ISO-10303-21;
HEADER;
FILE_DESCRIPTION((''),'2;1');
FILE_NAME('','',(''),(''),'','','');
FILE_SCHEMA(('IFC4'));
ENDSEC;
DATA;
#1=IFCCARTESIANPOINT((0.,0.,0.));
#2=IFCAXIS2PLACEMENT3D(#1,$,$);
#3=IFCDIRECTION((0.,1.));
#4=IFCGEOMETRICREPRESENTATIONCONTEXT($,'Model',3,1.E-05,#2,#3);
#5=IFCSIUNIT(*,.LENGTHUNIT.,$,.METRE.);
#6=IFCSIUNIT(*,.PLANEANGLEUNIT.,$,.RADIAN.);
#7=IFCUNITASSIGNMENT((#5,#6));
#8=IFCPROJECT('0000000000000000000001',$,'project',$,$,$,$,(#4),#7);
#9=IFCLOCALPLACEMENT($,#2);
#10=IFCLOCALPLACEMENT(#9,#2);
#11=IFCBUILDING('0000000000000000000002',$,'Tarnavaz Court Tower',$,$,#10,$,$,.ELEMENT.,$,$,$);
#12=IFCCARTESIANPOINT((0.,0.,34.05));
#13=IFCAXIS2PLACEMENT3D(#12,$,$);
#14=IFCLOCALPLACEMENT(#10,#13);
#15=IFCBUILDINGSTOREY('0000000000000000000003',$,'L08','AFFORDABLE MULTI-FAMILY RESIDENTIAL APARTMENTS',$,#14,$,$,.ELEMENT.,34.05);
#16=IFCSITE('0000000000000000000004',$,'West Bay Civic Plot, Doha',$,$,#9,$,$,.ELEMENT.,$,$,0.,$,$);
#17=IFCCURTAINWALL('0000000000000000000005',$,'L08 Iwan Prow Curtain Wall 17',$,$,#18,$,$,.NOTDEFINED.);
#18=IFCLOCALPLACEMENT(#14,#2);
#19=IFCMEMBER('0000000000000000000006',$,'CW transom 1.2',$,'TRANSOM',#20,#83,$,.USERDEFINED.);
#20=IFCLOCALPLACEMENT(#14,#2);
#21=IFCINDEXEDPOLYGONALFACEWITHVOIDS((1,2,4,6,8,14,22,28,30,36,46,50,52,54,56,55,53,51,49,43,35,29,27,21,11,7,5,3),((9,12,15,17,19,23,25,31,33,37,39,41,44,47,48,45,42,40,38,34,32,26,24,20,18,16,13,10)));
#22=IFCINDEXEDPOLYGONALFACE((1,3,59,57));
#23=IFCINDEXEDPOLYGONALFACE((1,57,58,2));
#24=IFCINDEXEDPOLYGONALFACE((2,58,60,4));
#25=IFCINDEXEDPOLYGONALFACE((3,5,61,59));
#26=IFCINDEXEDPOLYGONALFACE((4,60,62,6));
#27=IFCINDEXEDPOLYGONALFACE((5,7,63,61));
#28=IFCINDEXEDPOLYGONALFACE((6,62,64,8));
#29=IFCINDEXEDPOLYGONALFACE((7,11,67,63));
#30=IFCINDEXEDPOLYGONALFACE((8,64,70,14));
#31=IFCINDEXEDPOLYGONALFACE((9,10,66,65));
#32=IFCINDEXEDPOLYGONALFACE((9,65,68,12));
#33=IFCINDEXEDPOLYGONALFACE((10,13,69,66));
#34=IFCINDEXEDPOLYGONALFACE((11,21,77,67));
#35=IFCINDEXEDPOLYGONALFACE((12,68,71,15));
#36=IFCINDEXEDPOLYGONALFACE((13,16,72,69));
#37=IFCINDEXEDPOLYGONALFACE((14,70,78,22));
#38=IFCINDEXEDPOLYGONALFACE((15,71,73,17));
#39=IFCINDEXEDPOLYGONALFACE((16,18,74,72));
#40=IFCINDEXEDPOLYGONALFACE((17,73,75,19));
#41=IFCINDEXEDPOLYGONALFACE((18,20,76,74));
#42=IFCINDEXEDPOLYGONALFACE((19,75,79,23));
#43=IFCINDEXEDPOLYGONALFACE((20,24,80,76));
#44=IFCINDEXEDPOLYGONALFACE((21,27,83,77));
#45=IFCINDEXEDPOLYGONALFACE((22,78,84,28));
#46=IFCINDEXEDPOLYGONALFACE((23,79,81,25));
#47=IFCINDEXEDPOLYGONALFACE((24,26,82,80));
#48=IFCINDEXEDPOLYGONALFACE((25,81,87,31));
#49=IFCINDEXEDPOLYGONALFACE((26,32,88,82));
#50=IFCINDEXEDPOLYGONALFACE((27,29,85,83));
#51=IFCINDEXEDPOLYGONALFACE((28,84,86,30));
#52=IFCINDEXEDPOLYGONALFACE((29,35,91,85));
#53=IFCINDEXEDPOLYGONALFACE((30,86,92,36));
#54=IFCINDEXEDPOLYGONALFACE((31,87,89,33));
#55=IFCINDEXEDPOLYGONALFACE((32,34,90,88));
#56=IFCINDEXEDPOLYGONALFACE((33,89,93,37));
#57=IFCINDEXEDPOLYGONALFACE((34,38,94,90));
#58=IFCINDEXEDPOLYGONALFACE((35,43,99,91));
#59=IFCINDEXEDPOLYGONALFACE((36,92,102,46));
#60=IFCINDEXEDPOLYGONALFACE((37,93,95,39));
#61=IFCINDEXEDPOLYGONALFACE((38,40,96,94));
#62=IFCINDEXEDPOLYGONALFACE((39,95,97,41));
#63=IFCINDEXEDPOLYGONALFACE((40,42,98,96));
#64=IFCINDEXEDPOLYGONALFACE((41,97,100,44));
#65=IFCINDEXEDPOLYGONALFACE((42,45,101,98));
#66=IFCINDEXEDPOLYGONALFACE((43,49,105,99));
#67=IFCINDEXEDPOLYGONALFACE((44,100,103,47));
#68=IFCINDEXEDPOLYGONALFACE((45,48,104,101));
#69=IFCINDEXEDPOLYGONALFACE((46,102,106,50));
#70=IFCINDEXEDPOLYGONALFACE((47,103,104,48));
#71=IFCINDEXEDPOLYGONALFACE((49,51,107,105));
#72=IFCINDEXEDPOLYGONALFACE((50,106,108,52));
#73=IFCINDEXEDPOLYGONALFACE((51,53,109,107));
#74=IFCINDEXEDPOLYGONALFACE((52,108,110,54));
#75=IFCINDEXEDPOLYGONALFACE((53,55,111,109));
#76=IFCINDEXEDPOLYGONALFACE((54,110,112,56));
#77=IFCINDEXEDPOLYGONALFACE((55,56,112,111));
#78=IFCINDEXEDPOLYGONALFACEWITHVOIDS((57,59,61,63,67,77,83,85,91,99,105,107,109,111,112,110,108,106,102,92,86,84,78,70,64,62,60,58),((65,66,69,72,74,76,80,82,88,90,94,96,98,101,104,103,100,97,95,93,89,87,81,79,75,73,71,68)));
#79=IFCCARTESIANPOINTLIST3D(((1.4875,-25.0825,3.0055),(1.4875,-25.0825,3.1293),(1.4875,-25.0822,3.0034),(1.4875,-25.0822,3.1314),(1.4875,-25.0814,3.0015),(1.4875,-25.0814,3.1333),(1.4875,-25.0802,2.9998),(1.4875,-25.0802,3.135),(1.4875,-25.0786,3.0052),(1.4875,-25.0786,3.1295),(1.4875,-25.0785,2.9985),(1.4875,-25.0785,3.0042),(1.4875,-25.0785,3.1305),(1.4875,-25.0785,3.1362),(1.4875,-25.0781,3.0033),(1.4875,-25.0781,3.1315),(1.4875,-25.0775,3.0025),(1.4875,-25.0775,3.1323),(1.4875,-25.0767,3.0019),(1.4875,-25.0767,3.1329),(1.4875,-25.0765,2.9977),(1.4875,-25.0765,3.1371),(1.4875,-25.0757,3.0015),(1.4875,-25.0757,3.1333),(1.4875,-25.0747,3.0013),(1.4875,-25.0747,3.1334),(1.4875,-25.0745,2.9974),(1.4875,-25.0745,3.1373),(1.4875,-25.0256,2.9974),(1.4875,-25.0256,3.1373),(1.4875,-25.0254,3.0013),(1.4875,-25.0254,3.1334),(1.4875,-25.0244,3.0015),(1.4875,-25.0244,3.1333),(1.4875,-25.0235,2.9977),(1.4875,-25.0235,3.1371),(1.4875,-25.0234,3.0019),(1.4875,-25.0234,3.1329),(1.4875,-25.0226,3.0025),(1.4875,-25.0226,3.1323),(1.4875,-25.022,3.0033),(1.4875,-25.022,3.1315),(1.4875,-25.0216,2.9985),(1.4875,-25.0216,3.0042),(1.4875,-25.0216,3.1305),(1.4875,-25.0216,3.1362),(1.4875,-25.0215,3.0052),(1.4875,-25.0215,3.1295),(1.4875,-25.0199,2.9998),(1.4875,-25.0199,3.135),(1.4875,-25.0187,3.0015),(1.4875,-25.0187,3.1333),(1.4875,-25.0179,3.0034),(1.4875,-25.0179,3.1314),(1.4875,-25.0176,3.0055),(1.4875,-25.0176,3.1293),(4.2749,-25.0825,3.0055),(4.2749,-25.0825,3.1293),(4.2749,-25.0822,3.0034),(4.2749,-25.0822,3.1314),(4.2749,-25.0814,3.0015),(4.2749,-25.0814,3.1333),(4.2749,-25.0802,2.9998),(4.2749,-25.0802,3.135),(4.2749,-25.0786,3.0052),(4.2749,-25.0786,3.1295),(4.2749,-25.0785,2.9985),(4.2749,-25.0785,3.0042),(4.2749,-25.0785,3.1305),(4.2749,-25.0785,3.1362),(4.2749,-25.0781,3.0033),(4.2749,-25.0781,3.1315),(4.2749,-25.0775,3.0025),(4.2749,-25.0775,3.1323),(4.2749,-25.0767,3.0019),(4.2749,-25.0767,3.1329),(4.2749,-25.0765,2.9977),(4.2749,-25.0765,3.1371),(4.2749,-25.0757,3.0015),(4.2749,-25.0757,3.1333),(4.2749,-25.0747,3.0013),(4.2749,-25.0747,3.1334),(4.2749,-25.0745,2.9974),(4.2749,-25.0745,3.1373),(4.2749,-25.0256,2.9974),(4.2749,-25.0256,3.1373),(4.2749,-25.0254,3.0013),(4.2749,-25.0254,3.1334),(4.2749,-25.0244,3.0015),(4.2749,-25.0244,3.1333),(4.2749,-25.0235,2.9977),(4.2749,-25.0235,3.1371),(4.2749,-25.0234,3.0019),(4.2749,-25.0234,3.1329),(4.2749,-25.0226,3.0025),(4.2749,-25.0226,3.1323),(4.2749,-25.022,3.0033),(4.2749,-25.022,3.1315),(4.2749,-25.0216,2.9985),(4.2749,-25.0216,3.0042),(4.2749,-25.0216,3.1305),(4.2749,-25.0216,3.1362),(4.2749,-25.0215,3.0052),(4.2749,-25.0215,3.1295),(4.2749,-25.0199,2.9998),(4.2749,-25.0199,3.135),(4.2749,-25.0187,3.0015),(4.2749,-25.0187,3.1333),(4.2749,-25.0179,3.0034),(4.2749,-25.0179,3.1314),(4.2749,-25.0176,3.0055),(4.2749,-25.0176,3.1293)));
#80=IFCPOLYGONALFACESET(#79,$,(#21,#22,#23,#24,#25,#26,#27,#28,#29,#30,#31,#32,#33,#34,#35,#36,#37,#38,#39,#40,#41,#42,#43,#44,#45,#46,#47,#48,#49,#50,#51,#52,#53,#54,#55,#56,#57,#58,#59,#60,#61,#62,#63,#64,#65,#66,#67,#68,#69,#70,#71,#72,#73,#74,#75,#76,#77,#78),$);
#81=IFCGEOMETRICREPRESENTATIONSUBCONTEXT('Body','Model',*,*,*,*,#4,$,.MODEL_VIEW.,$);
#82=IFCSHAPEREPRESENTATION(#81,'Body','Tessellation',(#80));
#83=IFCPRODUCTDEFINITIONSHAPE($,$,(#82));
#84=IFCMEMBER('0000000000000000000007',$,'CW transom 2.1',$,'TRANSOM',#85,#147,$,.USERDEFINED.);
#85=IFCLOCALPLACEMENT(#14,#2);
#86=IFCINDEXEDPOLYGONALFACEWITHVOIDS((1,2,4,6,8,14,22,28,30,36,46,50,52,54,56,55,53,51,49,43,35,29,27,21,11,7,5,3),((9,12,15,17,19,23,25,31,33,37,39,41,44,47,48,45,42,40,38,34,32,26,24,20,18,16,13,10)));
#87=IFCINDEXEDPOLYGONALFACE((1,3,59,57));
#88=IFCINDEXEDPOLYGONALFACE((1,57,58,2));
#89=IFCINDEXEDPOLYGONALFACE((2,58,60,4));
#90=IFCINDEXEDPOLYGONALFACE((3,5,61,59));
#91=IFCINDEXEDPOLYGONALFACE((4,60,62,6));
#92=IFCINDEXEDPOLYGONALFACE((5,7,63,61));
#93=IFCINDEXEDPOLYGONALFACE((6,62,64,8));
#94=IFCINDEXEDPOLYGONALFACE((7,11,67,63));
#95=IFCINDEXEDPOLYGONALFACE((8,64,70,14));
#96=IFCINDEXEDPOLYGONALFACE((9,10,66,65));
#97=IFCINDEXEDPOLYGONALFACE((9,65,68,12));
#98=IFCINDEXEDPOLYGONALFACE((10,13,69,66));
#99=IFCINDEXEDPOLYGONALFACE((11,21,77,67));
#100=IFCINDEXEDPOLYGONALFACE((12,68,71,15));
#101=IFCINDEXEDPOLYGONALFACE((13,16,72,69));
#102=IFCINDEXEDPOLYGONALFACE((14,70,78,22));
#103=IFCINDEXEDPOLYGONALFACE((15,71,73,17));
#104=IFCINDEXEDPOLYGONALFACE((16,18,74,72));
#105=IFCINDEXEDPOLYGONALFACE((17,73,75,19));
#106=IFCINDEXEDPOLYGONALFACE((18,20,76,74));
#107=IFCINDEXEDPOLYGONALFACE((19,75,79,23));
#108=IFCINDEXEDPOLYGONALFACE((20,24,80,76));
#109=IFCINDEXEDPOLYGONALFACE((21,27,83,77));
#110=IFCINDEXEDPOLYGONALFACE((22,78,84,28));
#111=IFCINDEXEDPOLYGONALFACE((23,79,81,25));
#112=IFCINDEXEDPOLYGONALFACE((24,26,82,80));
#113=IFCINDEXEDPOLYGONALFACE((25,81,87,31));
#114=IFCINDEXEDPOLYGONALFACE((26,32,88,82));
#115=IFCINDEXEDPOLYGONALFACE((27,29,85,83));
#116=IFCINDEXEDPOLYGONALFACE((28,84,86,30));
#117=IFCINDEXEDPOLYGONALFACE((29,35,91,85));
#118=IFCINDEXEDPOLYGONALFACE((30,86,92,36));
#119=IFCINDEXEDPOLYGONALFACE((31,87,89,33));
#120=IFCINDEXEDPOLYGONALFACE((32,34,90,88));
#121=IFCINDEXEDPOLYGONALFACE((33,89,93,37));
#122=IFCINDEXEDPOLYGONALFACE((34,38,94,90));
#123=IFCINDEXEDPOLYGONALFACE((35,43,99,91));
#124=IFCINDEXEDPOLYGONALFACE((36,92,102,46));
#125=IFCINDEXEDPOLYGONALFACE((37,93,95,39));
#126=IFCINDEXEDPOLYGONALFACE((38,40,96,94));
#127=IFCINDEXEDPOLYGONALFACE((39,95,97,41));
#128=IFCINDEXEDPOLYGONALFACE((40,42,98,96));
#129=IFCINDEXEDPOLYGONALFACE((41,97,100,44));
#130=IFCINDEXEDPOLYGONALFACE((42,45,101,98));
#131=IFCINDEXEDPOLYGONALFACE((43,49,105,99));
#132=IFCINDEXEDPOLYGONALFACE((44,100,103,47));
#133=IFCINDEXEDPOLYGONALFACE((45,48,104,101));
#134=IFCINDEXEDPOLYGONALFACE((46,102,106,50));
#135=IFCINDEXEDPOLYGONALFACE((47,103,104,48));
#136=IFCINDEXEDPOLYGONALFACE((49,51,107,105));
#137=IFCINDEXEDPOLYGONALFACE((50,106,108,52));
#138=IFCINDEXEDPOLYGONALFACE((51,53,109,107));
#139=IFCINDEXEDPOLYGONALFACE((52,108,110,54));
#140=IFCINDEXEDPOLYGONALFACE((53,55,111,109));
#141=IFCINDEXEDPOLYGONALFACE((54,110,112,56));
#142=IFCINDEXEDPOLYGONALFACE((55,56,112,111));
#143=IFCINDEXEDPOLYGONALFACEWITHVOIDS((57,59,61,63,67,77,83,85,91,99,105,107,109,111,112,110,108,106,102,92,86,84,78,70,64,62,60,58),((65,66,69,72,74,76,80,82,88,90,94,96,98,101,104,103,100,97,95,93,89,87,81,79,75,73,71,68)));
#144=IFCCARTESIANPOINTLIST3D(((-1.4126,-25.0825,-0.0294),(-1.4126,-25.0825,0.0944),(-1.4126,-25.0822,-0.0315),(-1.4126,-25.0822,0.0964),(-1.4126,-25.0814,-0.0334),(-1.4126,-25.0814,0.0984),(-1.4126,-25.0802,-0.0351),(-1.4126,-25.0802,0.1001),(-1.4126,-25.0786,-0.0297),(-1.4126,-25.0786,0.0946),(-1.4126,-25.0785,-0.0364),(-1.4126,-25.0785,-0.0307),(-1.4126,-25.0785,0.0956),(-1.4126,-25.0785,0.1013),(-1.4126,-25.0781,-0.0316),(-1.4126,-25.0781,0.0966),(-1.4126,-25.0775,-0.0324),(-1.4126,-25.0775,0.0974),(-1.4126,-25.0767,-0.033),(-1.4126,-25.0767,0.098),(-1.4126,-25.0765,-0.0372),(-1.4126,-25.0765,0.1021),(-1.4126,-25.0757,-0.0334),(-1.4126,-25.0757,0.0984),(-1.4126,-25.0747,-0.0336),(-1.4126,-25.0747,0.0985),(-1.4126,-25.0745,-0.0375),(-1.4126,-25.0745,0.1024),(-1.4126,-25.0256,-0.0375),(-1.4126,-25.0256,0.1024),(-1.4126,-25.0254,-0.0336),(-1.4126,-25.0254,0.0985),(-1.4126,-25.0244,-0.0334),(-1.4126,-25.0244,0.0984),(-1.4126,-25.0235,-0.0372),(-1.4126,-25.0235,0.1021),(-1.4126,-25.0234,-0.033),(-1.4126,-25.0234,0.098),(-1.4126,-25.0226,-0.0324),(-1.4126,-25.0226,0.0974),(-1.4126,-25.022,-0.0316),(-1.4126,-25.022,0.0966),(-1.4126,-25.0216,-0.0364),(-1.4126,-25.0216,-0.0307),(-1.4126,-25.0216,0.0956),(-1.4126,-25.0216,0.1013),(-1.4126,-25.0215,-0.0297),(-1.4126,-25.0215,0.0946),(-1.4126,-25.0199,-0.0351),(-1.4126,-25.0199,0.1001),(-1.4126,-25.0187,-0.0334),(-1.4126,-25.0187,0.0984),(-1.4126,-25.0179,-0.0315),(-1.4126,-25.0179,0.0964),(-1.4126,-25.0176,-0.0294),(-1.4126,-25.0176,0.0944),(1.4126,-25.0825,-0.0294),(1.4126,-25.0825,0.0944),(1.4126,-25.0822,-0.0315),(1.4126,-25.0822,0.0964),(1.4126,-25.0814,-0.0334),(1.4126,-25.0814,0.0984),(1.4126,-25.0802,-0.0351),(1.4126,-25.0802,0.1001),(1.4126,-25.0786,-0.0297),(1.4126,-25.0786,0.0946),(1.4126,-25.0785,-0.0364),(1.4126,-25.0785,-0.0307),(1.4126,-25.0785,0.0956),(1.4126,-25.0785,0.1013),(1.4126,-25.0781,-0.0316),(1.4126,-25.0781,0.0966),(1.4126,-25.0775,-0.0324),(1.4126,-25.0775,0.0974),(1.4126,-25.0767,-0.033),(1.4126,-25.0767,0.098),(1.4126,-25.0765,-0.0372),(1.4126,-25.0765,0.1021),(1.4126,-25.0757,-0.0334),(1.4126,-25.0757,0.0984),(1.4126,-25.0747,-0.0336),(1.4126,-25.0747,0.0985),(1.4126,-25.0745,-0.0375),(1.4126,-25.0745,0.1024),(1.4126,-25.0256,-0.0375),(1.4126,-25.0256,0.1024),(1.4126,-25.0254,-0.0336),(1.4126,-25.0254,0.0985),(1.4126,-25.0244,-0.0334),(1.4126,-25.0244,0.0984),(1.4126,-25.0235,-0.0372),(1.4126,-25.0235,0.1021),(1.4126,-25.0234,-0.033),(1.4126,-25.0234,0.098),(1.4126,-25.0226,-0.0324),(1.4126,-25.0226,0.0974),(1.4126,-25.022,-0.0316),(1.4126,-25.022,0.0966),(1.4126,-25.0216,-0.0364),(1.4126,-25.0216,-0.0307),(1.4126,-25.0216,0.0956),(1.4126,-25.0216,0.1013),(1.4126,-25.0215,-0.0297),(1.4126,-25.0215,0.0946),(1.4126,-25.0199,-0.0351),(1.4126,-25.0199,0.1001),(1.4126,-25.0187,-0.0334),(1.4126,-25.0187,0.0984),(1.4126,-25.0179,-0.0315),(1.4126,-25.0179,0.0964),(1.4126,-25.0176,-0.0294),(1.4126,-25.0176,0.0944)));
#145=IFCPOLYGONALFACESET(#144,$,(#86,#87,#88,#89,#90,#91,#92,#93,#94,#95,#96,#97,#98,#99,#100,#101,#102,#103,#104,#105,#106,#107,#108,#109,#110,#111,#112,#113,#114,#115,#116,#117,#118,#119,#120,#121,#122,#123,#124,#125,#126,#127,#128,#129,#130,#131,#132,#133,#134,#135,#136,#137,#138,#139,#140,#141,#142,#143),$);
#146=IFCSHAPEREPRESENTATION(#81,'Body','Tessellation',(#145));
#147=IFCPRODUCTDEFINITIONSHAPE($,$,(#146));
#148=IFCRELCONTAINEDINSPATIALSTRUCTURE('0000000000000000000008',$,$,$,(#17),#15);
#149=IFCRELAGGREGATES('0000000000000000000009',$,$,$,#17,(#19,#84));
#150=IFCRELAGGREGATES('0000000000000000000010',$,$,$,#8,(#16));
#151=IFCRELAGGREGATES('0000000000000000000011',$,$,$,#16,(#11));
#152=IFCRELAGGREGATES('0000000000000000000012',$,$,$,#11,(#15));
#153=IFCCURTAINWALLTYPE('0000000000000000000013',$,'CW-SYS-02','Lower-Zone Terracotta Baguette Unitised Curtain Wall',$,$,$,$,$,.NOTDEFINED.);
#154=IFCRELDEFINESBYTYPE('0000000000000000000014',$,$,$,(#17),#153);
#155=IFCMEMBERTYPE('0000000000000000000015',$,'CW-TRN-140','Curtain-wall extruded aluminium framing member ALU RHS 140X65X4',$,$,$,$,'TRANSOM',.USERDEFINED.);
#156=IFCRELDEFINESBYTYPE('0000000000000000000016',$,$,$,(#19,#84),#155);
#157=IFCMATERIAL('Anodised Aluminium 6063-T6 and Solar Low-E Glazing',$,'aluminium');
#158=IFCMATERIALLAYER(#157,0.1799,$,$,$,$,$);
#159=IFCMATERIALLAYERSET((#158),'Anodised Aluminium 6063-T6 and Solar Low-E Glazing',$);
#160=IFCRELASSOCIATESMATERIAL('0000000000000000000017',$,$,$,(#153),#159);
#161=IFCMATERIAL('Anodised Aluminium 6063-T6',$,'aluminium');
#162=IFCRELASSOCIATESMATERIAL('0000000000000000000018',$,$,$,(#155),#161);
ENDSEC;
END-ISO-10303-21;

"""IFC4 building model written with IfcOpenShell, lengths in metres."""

from ifc_helpers import new_model, si_unit, direction, frame, origin, origin_2d, place, context, subcontext, project, spatial, hollow_rectangle, extrude, material, layer, layer_set, material_profile, profile_set, type_object, element, aggregate, save


model = new_model("IFC4")

# Units and contexts
model_context = context("Model", 3, precision=1e-05, world=origin(), true_north=direction((0.0, 1.0)))
body_context = subcontext(model_context, "Body", "Model", "MODEL_VIEW")
ifc_project = project(units=[si_unit("LENGTHUNIT", "METRE"), si_unit("PLANEANGLEUNIT", "RADIAN")], contexts=[model_context])

# Site, building, storey
site_placement = place(None, origin())
site = spatial("IfcSite", under=ifc_project, at=site_placement, Name="West Bay Civic Plot, Doha", CompositionType="ELEMENT", RefElevation=0.0)
building_placement = place(site_placement, origin())
building = spatial("IfcBuilding", under=site, at=building_placement, Name="Tarnavaz Court Tower", CompositionType="ELEMENT")
storey_placement = place(building_placement, frame((0.0, 0.0, 34.05)))
storey = spatial("IfcBuildingStorey", under=building, at=storey_placement, Name="L08", Description="AFFORDABLE MULTI-FAMILY RESIDENTIAL APARTMENTS", CompositionType="ELEMENT", Elevation=34.05)

# Curtain wall, members
ifc_material_1 = material(Name="Anodised Aluminium 6063-T6 and Solar Low-E Glazing", Category="aluminium")
ifc_layer_1 = layer(ifc_material_1, 0.1799)
ifc_layer_set_1 = layer_set([ifc_layer_1], Name="Anodised Aluminium 6063-T6 and Solar Low-E Glazing")
curtain_wall_type = type_object("IfcCurtainWallType", Name="CW-SYS-02", Description="Lower-Zone Terracotta Baguette Unitised Curtain Wall", PredefinedType="NOTDEFINED", material=ifc_layer_set_1)
curtain_wall_placement = place(storey_placement, origin())
curtain_wall = element("IfcCurtainWall", 1, at=curtain_wall_placement, inside=storey, type_object=curtain_wall_type, Name="L08 Iwan Prow Curtain Wall 17", PredefinedType="NOTDEFINED")
ifc_material_2 = material(Name="Anodised Aluminium 6063-T6", Category="aluminium")
ifc_material_profile_1 = material_profile(ifc_material_2, hollow_rectangle(XDim=0.0649, YDim=0.1399, WallThickness=0.0039, InnerFilletRadius=0.0039, OuterFilletRadius=0.0081, at=origin_2d()), Name="ALU RHS 140X65X4")
ifc_profile_set_1 = profile_set([ifc_material_profile_1], Name="Anodised Aluminium 6063-T6")
member_type_1 = type_object("IfcMemberType", Name="CW-TRN-140", Description="Curtain-wall extruded aluminium framing member ALU RHS 140X65X4", ElementType="TRANSOM", PredefinedType="USERDEFINED", material=ifc_profile_set_1)
member_1_placement = place(storey_placement, frame((4.2749, -25.05, 3.0674), z_axis=(-1.0, 0.0, 0.0), x_axis=(0.0, -1.0, 0.0)))
member_1 = element("IfcMember", 2, at=member_1_placement, type_object=member_type_1, Name="CW transom 1.2", ObjectType="TRANSOM", PredefinedType="USERDEFINED", context=body_context, shape_type="SweptSolid", body=[
    extrude(hollow_rectangle(XDim=0.0649, YDim=0.1399, WallThickness=0.0039, InnerFilletRadius=0.0039, OuterFilletRadius=0.0081, at=origin_2d()), origin(), (0.0, 0.0, 1.0), 2.7874),
])
member_2_placement = place(storey_placement, frame((1.4126, -25.05, 0.0325), z_axis=(-1.0, 0.0, 0.0), x_axis=(0.0, -1.0, 0.0)))
member_2 = element("IfcMember", 3, at=member_2_placement, type_object=member_type_1, Name="CW transom 2.1", ObjectType="TRANSOM", PredefinedType="USERDEFINED", context=body_context, shape_type="SweptSolid", body=[
    extrude(hollow_rectangle(XDim=0.0649, YDim=0.1399, WallThickness=0.0039, InnerFilletRadius=0.0039, OuterFilletRadius=0.0081, at=origin_2d()), origin(), (0.0, 0.0, 1.0), 2.8252),
])
aggregate(curtain_wall, [member_1, member_2])

save(model, "model.ifc")
